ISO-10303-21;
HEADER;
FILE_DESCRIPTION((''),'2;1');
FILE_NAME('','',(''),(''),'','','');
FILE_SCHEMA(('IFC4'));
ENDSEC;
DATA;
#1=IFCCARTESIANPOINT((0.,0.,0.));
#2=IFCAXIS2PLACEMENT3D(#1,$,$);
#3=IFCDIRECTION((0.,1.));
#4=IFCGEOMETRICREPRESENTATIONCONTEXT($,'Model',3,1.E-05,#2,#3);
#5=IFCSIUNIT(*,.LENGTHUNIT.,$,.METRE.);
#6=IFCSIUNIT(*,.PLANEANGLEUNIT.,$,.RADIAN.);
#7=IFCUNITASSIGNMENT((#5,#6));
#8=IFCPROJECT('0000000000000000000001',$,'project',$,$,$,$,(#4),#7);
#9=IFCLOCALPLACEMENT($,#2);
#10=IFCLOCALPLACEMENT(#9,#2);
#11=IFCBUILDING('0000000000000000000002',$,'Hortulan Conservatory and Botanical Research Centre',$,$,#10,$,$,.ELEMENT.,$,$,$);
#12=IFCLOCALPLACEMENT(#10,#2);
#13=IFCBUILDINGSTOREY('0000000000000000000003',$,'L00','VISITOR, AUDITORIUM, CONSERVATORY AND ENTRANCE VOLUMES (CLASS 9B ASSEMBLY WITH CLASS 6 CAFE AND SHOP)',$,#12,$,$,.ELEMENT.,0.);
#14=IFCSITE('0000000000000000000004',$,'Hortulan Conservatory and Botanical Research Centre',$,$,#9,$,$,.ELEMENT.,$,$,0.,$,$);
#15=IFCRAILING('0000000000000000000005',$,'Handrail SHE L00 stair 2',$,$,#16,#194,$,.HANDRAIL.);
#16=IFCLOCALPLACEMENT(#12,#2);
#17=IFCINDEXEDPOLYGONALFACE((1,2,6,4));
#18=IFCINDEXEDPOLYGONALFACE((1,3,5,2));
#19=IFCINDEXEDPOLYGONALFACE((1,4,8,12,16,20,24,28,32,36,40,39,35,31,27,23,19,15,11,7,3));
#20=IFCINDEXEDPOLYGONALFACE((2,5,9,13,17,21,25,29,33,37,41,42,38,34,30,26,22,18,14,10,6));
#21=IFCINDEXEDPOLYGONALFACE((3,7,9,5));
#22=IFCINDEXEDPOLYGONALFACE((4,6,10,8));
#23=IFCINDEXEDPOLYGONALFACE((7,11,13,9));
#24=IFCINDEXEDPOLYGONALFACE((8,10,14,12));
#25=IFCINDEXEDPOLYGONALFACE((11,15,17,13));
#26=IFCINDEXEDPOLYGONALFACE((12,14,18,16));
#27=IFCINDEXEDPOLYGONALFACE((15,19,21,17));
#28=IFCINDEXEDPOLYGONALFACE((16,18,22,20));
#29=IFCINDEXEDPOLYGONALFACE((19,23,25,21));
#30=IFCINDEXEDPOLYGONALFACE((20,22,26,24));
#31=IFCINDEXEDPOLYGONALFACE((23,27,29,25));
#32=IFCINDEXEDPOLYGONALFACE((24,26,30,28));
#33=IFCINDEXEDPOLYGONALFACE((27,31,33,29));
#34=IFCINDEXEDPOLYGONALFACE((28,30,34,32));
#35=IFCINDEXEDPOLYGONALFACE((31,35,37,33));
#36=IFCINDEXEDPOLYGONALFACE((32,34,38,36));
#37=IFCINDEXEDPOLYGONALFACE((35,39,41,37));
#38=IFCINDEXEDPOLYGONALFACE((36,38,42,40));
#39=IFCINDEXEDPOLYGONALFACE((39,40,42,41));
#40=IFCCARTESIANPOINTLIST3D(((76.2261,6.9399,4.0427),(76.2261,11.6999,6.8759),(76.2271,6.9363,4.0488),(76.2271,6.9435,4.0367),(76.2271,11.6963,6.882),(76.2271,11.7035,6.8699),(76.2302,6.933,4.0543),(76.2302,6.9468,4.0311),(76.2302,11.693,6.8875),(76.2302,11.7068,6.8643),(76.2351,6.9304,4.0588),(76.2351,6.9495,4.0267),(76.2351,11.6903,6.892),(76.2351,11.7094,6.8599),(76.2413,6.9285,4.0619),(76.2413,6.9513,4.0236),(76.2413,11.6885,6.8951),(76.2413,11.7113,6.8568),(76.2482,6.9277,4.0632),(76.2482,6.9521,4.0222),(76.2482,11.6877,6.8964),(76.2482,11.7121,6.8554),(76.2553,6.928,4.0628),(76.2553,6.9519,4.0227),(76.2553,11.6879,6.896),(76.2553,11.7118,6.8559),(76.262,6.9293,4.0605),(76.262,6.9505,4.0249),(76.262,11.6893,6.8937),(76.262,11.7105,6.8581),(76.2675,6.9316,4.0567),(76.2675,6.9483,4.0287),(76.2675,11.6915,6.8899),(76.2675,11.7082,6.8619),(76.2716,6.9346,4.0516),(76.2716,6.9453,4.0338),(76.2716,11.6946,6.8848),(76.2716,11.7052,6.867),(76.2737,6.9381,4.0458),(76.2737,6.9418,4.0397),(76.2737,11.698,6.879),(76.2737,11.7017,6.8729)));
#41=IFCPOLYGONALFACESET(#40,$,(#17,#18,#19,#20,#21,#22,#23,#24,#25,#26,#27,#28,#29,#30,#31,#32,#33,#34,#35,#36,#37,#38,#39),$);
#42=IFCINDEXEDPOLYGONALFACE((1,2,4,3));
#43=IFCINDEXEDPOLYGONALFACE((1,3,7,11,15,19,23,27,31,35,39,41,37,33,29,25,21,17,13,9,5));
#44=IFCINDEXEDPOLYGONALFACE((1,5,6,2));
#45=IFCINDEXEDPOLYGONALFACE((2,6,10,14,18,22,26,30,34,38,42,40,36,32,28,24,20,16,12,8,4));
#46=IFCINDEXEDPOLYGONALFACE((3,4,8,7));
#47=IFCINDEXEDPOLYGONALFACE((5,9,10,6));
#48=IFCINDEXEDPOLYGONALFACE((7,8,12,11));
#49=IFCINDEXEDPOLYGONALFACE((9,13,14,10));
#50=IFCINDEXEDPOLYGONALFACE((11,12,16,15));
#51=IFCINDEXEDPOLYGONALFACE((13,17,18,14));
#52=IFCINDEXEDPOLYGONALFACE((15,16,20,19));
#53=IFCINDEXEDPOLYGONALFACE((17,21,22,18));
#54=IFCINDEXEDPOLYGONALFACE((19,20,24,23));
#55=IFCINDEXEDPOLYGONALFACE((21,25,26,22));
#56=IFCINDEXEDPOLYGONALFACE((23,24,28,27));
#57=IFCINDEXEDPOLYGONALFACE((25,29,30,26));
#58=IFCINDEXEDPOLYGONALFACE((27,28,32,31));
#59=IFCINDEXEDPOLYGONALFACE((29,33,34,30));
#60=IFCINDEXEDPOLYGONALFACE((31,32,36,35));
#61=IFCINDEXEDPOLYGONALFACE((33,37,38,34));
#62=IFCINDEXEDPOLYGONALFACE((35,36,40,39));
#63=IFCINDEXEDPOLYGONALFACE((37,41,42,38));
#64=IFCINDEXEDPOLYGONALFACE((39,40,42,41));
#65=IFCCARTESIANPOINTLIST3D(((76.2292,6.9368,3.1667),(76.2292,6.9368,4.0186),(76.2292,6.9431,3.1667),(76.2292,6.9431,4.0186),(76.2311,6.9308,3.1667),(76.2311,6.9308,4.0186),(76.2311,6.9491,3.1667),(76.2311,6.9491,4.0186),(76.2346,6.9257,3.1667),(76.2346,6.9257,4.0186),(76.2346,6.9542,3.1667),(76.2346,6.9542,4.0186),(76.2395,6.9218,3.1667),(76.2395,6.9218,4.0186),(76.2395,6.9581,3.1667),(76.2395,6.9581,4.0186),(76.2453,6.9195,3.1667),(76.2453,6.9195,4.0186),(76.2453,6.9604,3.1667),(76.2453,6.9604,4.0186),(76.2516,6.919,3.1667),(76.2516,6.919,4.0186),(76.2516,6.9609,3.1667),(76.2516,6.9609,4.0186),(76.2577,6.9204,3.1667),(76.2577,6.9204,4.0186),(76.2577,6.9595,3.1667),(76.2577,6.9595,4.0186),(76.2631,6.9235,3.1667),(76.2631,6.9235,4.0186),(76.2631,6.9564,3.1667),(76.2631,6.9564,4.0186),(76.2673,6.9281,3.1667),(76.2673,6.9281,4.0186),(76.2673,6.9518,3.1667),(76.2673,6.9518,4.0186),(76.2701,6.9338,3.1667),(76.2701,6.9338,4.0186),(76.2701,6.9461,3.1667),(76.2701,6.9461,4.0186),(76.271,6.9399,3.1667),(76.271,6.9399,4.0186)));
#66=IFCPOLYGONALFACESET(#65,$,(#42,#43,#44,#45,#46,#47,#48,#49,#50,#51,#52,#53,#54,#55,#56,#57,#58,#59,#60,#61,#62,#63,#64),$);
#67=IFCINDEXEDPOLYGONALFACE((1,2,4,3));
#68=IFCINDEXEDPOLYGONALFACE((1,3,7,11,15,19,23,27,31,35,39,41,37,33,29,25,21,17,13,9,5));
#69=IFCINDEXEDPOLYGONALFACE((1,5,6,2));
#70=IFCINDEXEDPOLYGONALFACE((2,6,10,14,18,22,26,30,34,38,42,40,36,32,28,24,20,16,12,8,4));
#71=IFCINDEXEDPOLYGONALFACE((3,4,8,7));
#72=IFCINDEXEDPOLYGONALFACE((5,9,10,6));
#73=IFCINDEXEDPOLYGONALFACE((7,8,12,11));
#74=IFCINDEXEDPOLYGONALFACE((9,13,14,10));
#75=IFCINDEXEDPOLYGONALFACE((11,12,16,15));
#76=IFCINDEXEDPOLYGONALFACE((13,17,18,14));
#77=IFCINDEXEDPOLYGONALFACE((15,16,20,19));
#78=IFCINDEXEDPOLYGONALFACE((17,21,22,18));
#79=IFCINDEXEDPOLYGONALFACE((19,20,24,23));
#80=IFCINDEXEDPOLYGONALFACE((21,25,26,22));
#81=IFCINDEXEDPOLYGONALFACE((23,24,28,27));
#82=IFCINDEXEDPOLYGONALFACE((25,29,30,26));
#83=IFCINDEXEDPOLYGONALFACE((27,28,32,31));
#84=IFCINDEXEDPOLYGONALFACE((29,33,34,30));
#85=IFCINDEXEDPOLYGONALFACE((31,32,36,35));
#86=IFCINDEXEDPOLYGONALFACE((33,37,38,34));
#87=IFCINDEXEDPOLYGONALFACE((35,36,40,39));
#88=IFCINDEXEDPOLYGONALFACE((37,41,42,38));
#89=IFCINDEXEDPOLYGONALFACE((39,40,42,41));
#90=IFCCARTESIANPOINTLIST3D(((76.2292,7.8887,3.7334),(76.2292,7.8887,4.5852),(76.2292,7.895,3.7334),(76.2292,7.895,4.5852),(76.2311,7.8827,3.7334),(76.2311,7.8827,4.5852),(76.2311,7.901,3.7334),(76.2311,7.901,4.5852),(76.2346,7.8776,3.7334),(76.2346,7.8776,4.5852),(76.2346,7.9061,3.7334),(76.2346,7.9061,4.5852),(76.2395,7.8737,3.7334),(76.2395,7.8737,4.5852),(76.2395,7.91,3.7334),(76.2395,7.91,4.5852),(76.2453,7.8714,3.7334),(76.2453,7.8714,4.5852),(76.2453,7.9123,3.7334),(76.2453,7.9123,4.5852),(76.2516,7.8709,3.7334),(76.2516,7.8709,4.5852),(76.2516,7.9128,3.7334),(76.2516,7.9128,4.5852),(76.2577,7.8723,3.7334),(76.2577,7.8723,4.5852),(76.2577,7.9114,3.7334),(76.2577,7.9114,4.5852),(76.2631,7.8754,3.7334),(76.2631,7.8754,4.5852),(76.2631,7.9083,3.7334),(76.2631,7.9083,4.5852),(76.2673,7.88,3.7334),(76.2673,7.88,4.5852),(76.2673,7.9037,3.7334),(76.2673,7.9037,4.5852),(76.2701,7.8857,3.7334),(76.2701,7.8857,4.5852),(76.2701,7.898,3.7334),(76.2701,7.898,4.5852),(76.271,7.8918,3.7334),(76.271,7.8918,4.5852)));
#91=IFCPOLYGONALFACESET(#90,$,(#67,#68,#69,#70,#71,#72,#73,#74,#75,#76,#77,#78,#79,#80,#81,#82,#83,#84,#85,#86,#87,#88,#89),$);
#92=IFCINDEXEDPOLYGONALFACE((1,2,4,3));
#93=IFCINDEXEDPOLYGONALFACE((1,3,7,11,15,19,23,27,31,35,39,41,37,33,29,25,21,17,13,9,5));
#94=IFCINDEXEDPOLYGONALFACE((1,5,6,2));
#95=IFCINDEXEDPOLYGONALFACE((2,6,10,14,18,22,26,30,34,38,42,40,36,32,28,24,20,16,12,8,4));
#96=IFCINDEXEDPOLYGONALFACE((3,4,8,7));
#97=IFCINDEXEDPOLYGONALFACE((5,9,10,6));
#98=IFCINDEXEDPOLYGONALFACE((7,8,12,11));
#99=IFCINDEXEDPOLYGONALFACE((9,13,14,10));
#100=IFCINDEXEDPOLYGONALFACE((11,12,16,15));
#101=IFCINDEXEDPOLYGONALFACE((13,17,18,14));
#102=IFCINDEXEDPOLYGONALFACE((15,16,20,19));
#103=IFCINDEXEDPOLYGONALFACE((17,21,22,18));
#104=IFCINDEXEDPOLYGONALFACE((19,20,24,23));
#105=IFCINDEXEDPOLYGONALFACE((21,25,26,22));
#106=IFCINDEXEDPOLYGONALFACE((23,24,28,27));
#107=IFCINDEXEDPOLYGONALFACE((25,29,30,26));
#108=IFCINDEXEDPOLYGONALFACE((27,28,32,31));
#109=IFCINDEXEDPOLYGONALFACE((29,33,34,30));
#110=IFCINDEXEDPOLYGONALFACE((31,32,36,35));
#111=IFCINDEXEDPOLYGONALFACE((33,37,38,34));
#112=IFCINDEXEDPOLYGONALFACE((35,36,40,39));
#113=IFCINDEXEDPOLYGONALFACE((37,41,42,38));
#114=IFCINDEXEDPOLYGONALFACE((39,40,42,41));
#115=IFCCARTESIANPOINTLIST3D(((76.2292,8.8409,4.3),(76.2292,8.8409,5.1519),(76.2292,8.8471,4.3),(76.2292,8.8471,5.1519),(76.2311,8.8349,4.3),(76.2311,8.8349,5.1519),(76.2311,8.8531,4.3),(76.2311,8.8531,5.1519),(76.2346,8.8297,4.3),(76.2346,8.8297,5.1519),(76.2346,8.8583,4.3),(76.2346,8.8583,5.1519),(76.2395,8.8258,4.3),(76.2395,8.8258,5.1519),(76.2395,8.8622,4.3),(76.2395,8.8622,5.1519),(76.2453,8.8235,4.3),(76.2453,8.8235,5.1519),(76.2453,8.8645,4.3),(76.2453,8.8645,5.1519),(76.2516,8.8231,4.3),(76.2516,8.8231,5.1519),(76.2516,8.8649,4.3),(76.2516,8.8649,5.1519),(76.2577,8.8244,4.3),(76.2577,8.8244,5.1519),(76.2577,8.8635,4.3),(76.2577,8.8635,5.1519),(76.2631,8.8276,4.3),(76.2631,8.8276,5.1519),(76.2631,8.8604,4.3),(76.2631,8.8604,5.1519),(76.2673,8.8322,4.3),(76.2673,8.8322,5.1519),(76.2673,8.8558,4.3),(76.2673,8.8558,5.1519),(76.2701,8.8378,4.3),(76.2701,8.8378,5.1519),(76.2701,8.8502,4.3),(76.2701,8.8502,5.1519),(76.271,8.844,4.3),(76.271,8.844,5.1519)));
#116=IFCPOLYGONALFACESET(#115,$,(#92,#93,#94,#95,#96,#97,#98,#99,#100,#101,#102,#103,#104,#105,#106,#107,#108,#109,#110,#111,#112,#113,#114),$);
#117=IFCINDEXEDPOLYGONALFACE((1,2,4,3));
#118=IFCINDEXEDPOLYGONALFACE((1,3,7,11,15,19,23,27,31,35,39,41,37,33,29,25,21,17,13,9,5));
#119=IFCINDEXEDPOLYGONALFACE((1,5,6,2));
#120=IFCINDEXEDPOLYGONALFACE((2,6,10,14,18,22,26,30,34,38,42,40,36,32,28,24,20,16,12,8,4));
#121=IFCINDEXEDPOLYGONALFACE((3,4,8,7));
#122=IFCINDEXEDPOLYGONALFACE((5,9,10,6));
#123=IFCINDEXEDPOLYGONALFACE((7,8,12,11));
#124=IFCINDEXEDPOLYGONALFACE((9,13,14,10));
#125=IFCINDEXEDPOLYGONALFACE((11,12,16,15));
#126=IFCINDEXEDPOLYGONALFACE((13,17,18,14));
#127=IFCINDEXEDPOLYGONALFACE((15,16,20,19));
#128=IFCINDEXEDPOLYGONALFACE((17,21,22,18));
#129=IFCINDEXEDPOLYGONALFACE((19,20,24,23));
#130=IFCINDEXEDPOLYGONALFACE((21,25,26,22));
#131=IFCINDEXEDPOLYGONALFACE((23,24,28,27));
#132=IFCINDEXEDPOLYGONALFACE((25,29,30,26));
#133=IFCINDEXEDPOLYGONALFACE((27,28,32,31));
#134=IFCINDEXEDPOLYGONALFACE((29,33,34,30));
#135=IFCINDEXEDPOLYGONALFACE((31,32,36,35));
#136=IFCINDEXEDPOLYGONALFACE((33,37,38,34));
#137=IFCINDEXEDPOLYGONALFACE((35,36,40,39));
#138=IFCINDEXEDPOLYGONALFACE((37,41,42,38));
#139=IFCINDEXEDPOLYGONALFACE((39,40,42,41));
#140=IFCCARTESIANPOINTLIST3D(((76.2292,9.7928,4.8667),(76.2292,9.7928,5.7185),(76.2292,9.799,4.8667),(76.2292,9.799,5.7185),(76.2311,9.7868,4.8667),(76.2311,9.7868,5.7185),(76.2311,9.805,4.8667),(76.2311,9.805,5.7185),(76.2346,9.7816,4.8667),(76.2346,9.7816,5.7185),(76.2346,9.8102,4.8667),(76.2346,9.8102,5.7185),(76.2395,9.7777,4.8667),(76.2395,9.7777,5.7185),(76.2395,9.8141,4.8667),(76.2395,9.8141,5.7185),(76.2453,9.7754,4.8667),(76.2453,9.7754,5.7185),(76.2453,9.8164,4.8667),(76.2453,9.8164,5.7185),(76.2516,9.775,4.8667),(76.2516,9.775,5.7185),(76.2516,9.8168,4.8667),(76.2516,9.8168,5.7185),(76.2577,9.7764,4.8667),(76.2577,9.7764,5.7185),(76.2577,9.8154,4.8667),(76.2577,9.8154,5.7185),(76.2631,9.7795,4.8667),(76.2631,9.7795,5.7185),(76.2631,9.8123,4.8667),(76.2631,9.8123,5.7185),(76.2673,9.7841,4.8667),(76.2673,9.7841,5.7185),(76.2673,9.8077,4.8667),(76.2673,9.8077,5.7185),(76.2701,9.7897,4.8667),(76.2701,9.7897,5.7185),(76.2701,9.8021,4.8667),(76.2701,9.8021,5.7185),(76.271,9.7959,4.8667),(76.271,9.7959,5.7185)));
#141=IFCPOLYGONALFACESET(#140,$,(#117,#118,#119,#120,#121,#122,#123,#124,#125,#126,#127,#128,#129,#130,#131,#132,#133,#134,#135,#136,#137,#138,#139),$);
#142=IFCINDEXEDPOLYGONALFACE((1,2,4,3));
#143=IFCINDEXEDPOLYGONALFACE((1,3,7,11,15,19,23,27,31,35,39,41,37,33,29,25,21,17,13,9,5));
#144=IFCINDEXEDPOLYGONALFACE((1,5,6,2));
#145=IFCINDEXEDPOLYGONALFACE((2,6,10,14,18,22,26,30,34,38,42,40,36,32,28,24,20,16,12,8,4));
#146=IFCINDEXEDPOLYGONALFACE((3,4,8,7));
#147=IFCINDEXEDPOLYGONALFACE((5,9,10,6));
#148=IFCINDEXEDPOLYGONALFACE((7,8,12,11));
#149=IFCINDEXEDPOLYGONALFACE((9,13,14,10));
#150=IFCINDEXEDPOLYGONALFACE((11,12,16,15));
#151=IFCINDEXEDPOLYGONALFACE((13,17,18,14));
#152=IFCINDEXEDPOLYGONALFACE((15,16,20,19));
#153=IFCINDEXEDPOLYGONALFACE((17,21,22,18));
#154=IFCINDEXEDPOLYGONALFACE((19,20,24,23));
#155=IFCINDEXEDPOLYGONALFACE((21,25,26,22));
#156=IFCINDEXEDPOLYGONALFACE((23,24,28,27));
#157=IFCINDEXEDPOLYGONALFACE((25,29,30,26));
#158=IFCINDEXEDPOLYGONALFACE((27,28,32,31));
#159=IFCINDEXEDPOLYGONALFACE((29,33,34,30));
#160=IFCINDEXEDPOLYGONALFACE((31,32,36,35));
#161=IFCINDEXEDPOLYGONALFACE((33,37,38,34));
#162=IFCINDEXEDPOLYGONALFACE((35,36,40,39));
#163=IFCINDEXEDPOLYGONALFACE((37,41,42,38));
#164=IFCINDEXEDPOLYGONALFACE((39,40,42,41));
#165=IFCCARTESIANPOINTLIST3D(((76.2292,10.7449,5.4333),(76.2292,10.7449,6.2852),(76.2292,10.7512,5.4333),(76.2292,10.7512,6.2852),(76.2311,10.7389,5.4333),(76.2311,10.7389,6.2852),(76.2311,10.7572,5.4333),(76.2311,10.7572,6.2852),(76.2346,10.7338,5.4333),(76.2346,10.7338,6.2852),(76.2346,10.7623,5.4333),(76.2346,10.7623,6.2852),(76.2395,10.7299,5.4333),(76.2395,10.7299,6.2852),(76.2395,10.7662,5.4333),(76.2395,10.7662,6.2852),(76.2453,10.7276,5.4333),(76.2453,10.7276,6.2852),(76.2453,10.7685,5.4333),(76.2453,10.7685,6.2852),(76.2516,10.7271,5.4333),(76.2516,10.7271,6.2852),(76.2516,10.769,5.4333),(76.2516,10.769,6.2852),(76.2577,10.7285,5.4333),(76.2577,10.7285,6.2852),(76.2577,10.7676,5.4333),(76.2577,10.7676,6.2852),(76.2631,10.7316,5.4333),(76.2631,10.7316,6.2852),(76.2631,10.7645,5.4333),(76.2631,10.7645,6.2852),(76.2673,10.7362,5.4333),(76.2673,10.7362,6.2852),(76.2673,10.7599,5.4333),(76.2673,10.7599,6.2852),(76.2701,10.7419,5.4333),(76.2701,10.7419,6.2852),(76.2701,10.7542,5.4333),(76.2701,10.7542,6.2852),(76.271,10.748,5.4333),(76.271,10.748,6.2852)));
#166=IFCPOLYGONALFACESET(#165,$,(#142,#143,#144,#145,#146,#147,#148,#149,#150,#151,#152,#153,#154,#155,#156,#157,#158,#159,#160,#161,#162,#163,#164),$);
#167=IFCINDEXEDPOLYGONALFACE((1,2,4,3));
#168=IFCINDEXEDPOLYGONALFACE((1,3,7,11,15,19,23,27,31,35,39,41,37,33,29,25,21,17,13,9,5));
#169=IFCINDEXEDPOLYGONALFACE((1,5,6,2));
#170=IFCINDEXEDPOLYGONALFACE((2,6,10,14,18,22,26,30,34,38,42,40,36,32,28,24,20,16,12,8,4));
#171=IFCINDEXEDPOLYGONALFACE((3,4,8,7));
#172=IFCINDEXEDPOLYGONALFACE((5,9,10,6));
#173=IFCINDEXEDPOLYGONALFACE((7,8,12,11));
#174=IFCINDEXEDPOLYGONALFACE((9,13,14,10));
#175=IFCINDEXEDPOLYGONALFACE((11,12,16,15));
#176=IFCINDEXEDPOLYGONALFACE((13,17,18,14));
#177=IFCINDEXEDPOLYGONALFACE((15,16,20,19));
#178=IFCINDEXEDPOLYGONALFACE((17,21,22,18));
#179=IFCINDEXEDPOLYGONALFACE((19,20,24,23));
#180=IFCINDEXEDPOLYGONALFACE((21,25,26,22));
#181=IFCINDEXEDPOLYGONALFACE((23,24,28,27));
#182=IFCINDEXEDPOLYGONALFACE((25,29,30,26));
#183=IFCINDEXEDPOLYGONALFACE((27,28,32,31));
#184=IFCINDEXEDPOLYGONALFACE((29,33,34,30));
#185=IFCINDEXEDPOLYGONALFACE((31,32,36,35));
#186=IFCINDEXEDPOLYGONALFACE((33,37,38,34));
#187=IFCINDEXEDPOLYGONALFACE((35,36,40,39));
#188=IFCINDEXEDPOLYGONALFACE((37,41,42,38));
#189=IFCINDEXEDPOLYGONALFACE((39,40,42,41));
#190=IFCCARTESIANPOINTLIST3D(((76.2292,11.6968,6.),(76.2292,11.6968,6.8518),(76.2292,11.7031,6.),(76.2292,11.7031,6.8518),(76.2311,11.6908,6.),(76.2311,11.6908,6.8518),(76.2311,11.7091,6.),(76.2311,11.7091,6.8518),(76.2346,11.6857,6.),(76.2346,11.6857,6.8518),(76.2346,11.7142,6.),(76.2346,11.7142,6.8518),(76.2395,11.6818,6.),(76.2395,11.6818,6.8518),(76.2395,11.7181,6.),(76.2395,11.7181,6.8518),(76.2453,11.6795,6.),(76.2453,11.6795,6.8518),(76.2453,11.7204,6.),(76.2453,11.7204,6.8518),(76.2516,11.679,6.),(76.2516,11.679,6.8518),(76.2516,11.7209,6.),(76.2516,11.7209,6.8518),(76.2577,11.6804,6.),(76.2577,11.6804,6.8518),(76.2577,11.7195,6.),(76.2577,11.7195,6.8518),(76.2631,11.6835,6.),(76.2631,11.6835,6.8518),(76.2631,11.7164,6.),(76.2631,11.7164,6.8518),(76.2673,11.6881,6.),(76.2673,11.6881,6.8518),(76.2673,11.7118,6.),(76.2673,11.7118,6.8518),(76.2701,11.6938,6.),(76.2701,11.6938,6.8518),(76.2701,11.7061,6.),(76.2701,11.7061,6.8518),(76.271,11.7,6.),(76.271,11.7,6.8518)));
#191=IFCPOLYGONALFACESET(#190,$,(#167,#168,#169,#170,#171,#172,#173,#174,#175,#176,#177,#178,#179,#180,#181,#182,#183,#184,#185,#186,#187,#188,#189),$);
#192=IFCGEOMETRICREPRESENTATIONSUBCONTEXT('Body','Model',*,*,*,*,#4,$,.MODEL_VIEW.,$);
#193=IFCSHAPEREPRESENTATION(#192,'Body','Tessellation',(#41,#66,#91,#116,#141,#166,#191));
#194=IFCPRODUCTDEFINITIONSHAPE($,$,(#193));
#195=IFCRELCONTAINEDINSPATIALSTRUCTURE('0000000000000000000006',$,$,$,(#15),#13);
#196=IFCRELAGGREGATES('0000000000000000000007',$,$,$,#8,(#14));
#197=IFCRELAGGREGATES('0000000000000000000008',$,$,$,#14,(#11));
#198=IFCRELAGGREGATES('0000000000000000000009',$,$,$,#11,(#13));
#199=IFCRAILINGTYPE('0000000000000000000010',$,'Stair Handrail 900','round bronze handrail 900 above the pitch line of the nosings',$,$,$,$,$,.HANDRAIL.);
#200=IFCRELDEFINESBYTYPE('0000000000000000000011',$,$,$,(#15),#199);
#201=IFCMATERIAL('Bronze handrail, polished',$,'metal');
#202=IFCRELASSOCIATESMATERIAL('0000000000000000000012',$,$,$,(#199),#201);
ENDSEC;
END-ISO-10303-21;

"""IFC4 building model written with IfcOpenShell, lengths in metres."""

from ifc_helpers import new_model, si_unit, direction, frame, origin, origin_2d, place, context, subcontext, project, spatial, circle, extrude, material, type_object, element, save


model = new_model("IFC4")

# Units and contexts
model_context = context("Model", 3, precision=1e-05, world=origin(), true_north=direction((0.0, 1.0)))
body_context = subcontext(model_context, "Body", "Model", "MODEL_VIEW")
ifc_project = project(units=[si_unit("LENGTHUNIT", "METRE"), si_unit("PLANEANGLEUNIT", "RADIAN")], contexts=[model_context])

# Site, building, storey
site_placement = place(None, origin())
site = spatial("IfcSite", under=ifc_project, at=site_placement, Name="Hortulan Conservatory and Botanical Research Centre", CompositionType="ELEMENT", RefElevation=0.0)
building_placement = place(site_placement, origin())
building = spatial("IfcBuilding", under=site, at=building_placement, Name="Hortulan Conservatory and Botanical Research Centre", CompositionType="ELEMENT")
storey_placement = place(building_placement, origin())
storey = spatial("IfcBuildingStorey", under=building, at=storey_placement, Name="L00", Description="VISITOR, AUDITORIUM, CONSERVATORY AND ENTRANCE VOLUMES (CLASS 9B ASSEMBLY WITH CLASS 6 CAFE AND SHOP)", CompositionType="ELEMENT", Elevation=0.0)

# Railing
ifc_material_1 = material(Name="Bronze handrail, polished", Category="metal")
railing_type_1 = type_object("IfcRailingType", Name="Stair Handrail 900", Description="round bronze handrail 900 above the pitch line of the nosings", PredefinedType="HANDRAIL", material=ifc_material_1)
for number, where, name in (
    (1, (76.25, 6.9399, 3.1667), "Handrail SHE L00 stair 2"),
):
    element("IfcRailing", number, at=place(storey_placement, frame(where)), inside=storey, type_object=railing_type_1, Name=name, PredefinedType="HANDRAIL", context=body_context, shape_type="SweptSolid", body=[
        extrude(circle(Radius=0.0239, at=origin_2d()), frame((0.0, 0.0, 0.876), z_axis=(0.0, 0.8593, 0.511472), x_axis=(-1.0, 0.0, 0.0)), (0.0, 0.0, 1.0), 5.5393),
        extrude(circle(Radius=0.021, at=origin_2d()), origin(), (0.0, 0.0, 1.0), 0.8518),
        extrude(circle(Radius=0.021, at=origin_2d()), frame((0.0, 0.9519, 0.5667)), (0.0, 0.0, 1.0), 0.8518),
        extrude(circle(Radius=0.021, at=origin_2d()), frame((0.0, 1.9041, 1.1333)), (0.0, 0.0, 1.0), 0.8518),
        extrude(circle(Radius=0.021, at=origin_2d()), frame((0.0, 2.856, 1.7)), (0.0, 0.0, 1.0), 0.8518),
        extrude(circle(Radius=0.021, at=origin_2d()), frame((0.0, 3.8081, 2.2666)), (0.0, 0.0, 1.0), 0.8518),
        extrude(circle(Radius=0.021, at=origin_2d()), frame((0.0, 4.76, 2.8333)), (0.0, 0.0, 1.0), 0.8518),
    ])

save(model, "model.ifc")
